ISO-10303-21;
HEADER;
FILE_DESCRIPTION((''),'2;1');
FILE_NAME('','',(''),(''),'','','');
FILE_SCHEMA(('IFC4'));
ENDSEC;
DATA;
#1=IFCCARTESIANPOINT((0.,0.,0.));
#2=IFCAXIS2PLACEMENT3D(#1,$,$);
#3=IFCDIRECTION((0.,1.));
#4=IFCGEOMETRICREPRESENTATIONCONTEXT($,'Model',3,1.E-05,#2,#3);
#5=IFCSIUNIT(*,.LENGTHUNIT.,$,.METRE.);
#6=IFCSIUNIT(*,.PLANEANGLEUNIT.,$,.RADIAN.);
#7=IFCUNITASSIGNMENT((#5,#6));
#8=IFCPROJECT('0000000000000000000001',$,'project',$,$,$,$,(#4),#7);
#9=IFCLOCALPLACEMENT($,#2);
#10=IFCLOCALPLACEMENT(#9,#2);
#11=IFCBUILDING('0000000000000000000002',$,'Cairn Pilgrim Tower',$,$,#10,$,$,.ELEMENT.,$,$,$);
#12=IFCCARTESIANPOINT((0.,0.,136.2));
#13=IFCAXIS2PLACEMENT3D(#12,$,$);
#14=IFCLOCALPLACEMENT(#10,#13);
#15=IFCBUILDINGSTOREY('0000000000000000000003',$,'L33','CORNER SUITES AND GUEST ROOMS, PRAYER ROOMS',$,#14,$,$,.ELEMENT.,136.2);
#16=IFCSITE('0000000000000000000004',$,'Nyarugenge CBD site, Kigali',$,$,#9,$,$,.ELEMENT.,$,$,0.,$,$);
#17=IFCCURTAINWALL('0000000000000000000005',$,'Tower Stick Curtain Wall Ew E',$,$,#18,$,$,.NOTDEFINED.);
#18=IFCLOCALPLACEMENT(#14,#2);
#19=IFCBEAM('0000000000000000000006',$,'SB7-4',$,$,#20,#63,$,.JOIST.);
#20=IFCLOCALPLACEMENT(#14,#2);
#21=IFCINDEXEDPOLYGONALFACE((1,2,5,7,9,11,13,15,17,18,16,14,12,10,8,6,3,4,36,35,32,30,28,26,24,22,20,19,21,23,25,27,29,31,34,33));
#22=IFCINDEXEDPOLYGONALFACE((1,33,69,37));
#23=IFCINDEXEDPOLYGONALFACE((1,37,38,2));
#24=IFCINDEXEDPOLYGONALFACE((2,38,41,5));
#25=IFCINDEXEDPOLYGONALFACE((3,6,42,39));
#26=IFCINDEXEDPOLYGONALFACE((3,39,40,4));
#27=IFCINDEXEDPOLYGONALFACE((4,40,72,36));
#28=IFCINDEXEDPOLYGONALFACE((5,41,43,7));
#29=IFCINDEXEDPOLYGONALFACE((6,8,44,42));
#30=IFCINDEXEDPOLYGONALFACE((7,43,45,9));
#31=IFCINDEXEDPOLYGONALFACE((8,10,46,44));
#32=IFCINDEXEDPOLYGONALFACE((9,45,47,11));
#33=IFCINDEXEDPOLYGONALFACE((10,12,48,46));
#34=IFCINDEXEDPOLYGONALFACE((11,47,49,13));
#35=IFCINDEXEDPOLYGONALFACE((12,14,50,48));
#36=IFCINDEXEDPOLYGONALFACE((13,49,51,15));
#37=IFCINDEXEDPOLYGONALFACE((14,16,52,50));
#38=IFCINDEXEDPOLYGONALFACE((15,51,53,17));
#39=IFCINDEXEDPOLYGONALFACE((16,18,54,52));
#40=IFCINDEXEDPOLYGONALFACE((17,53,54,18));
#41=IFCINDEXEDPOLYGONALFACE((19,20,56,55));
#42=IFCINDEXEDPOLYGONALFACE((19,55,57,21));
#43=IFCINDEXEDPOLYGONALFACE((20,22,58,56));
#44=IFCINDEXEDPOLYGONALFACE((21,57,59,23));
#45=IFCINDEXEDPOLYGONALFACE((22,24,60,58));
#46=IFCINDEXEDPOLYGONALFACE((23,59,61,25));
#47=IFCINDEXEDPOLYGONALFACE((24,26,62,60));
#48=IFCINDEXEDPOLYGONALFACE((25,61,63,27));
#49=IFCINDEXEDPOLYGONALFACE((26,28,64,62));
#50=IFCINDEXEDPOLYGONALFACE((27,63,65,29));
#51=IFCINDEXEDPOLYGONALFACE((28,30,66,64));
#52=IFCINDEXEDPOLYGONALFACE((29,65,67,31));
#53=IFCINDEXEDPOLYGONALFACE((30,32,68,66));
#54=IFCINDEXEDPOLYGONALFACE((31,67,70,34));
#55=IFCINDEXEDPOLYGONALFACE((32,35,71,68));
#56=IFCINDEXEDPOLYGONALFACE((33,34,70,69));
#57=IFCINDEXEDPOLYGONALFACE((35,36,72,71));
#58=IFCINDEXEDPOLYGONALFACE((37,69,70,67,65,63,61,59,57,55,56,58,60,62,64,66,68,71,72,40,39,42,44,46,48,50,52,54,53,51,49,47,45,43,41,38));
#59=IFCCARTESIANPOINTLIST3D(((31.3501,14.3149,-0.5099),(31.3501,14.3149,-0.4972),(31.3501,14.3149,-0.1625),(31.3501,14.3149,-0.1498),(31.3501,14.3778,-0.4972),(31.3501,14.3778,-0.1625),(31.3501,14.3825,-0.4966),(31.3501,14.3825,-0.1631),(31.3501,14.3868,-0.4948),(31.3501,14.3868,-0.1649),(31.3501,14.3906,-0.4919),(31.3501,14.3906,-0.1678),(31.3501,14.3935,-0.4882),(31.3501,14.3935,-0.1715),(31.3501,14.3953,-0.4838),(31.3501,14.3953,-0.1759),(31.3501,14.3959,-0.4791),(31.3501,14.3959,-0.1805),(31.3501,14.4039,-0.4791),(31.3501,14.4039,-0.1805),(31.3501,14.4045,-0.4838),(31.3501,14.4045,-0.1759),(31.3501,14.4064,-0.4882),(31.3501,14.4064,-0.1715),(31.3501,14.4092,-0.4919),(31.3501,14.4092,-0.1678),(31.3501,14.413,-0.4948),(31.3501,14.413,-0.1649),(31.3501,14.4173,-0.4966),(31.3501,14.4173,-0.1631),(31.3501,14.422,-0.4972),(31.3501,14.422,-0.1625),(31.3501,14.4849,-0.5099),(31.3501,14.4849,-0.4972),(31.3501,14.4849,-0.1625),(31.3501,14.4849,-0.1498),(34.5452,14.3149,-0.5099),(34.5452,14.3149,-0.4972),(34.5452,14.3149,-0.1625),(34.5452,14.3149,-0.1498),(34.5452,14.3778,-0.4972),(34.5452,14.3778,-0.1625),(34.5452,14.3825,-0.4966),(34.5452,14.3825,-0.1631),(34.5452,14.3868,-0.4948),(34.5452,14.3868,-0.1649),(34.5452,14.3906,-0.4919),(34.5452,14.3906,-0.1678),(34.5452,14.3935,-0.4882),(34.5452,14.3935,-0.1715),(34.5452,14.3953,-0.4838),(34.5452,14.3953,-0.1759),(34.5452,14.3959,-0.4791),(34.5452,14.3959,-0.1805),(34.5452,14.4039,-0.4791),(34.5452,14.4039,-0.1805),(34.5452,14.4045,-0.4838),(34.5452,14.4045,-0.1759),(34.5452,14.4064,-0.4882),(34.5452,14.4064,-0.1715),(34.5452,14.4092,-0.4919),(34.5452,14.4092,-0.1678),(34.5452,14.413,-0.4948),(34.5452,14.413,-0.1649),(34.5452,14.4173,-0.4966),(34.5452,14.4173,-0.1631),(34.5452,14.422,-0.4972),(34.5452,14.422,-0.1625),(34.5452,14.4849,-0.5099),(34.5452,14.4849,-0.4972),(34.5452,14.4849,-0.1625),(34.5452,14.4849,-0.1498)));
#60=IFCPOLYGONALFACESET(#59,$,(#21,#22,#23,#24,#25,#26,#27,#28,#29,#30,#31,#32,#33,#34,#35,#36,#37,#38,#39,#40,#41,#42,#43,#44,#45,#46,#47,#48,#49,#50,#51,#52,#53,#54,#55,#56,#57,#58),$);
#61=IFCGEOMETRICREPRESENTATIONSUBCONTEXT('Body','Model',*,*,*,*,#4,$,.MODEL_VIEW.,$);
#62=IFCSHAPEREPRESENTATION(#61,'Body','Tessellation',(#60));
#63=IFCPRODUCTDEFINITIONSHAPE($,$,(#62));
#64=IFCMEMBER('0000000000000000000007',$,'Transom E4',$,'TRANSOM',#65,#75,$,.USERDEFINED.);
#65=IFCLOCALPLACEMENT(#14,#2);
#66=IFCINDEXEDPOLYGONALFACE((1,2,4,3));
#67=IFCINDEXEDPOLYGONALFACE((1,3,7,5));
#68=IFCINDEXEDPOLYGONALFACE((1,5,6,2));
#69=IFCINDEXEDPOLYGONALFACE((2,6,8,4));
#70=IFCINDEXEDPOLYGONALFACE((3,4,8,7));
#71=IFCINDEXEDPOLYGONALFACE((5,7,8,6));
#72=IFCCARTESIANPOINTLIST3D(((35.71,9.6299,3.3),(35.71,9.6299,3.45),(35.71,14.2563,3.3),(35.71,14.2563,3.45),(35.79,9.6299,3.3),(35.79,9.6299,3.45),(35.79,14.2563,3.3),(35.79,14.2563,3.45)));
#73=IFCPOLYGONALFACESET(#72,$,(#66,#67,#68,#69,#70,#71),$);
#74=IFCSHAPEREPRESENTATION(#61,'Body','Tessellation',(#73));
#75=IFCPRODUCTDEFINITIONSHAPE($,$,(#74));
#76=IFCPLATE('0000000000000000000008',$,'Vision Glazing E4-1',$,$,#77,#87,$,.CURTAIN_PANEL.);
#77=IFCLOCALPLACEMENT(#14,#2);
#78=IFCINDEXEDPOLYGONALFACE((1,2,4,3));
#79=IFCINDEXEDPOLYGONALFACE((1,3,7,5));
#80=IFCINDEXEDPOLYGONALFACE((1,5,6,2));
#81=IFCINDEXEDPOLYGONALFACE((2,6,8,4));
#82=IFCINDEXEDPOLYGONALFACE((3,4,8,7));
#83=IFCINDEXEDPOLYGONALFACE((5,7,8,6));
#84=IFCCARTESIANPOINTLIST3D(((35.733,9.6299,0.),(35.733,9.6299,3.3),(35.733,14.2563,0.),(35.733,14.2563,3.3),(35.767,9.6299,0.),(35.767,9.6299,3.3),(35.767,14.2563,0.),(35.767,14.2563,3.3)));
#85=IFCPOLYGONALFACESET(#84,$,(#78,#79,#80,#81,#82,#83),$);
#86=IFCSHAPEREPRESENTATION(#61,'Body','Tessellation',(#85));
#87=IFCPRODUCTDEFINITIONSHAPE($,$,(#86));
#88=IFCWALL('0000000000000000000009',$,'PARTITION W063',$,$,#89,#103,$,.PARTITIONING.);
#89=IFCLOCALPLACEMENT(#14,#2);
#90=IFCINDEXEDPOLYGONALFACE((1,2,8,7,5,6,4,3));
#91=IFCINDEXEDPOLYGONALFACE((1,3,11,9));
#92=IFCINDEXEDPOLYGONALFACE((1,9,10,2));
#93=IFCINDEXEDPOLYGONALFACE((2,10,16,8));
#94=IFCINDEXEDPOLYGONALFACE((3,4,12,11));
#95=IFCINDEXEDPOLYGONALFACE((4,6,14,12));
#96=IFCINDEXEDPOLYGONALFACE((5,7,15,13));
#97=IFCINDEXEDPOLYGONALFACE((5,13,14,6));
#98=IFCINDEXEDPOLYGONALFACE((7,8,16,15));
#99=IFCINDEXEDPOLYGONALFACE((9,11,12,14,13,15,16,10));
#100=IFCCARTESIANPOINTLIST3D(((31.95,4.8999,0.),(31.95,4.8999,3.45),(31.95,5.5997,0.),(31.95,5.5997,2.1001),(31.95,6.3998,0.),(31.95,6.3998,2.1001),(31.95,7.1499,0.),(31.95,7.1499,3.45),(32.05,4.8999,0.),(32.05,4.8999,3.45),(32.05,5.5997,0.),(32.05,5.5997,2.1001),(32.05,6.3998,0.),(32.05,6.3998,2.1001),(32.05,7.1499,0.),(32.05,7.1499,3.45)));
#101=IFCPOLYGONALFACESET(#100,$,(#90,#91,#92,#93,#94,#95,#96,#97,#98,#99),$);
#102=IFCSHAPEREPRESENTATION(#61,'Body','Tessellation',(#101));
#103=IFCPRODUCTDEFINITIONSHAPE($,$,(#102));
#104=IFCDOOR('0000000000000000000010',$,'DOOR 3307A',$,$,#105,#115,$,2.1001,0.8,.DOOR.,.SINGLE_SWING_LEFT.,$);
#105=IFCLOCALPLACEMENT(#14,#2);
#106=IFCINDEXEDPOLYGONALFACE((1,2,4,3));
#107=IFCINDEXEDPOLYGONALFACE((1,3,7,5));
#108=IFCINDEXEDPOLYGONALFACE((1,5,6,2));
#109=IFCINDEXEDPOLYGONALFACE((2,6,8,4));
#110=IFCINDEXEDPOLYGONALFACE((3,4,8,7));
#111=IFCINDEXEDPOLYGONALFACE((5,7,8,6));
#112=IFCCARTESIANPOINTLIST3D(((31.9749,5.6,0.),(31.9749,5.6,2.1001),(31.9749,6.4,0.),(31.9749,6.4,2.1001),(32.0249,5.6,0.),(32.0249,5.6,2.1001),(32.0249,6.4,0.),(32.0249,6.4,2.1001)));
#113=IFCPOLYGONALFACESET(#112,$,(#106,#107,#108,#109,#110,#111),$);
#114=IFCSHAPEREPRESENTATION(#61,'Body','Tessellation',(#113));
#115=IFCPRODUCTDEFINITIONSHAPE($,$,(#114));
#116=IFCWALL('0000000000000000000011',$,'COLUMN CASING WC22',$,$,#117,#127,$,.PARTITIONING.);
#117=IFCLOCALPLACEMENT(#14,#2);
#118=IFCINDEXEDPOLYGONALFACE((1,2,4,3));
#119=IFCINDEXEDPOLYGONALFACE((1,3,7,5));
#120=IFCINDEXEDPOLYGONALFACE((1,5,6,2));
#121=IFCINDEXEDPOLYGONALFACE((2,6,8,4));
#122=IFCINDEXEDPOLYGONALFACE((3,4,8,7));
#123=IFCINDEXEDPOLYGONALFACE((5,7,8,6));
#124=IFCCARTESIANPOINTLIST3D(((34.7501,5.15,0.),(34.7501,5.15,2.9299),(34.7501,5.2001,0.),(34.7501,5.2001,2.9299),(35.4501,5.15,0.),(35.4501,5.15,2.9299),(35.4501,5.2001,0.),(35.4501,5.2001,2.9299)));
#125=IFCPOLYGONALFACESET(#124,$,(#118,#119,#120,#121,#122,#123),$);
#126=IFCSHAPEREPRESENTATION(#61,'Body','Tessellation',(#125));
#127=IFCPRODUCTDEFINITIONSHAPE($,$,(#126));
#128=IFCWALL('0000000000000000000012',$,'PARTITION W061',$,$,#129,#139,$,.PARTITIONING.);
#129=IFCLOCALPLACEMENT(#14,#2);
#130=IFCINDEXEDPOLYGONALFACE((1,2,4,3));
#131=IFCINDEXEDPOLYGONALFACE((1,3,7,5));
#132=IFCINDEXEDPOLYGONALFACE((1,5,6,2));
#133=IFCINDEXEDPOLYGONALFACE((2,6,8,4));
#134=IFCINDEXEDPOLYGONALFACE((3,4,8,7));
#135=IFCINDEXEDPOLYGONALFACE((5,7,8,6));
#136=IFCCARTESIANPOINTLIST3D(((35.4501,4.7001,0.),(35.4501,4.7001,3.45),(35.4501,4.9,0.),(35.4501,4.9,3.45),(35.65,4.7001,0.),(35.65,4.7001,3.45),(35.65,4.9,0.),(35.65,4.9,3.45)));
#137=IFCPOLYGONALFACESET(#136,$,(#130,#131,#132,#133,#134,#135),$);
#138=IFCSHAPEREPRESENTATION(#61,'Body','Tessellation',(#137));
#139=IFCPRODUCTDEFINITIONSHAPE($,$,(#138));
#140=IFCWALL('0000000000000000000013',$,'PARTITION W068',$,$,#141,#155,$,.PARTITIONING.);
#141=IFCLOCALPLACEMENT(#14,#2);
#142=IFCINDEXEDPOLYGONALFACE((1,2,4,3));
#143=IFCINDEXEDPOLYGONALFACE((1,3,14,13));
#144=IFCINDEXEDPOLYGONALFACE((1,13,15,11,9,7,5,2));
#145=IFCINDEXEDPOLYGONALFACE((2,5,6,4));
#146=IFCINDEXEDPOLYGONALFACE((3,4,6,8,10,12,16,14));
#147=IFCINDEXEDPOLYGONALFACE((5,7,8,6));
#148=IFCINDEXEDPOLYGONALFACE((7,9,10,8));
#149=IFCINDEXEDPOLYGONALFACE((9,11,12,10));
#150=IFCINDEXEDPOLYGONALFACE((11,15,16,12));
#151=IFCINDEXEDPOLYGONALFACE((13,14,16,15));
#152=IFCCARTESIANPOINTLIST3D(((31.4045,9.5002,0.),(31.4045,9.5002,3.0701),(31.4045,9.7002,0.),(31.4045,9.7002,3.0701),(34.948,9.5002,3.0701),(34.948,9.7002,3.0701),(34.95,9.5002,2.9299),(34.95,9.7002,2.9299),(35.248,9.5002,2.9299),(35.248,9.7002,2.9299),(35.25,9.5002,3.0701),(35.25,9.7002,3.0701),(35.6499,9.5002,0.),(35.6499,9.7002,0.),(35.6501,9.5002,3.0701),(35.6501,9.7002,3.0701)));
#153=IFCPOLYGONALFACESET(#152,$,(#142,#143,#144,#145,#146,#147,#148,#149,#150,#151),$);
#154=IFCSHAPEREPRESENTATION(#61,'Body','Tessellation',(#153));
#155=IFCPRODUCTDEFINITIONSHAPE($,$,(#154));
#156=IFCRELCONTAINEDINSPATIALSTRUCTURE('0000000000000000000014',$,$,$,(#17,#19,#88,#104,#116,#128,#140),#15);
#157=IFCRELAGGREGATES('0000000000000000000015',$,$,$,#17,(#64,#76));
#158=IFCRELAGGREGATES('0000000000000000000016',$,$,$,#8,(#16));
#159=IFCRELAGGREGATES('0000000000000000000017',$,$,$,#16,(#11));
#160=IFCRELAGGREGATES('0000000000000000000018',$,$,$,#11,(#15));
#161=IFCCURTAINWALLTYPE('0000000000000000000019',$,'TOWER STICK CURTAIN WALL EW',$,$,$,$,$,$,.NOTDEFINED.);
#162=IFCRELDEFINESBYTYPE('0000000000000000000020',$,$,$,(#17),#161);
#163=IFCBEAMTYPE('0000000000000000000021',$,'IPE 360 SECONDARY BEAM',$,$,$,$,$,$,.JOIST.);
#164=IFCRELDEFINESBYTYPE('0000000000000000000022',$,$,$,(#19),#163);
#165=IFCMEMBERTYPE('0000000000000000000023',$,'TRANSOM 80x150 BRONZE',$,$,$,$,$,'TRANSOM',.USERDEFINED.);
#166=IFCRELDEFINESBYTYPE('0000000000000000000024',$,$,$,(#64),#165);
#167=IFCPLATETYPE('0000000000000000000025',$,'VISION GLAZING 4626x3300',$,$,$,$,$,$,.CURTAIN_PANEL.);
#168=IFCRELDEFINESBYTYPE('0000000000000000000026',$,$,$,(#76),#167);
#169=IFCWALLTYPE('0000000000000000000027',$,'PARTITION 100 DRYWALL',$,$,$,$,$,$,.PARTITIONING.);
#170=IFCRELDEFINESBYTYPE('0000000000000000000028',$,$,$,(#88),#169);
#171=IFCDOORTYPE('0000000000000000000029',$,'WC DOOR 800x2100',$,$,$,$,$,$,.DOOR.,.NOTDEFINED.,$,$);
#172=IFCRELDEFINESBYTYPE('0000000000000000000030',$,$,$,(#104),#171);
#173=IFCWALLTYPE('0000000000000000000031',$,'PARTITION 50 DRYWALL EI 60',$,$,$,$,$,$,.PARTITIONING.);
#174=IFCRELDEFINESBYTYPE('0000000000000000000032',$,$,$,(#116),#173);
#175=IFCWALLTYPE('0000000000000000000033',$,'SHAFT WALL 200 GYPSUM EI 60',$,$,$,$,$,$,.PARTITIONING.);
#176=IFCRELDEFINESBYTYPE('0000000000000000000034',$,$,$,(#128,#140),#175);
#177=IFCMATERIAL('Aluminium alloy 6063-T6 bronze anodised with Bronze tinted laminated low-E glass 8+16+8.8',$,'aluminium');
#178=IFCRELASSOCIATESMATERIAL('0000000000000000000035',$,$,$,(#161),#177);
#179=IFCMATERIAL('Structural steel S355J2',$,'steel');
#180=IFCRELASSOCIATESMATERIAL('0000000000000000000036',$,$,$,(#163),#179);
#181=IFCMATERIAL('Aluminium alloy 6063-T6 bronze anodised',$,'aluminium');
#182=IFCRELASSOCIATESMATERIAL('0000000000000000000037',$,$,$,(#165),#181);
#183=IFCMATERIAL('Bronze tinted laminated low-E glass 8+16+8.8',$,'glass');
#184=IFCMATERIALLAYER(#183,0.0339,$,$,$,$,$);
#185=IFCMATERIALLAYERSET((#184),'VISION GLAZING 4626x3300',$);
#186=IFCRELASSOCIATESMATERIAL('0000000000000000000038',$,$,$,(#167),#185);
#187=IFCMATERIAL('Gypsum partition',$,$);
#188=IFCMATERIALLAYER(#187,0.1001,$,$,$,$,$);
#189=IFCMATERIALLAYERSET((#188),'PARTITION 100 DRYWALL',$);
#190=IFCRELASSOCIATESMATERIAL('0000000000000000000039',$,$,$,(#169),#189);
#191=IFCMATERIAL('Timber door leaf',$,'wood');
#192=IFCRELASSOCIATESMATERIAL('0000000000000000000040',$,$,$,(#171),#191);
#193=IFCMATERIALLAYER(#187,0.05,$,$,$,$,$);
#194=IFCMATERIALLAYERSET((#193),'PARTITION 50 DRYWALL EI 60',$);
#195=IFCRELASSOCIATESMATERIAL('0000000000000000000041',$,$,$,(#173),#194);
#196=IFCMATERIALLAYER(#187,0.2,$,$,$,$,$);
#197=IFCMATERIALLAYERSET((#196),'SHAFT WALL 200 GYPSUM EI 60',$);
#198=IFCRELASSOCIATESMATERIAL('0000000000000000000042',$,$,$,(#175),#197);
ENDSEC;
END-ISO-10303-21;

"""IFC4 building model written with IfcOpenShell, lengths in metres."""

from ifc_helpers import new_model, si_unit, direction, frame, frame_2d, origin, origin_2d, place, context, subcontext, project, spatial, polyline, rectangle, i_section, outline, extrude, material, layer, layer_set, material_profile, profile_set, type_object, element, fill, aggregate, save


model = new_model("IFC4")

# Units and contexts
model_context = context("Model", 3, precision=1e-05, world=origin(), true_north=direction((0.0, 1.0)))
body_context = subcontext(model_context, "Body", "Model", "MODEL_VIEW")
ifc_project = project(units=[si_unit("LENGTHUNIT", "METRE"), si_unit("PLANEANGLEUNIT", "RADIAN")], contexts=[model_context])

# Site, building, storey
site_placement = place(None, origin())
site = spatial("IfcSite", under=ifc_project, at=site_placement, Name="Nyarugenge CBD site, Kigali", CompositionType="ELEMENT", RefElevation=0.0)
building_placement = place(site_placement, origin())
building = spatial("IfcBuilding", under=site, at=building_placement, Name="Cairn Pilgrim Tower", CompositionType="ELEMENT")
storey_placement = place(building_placement, frame((0.0, 0.0, 136.2)))
storey = spatial("IfcBuildingStorey", under=building, at=storey_placement, Name="L33", Description="CORNER SUITES AND GUEST ROOMS, PRAYER ROOMS", CompositionType="ELEMENT", Elevation=136.2)

# Curtain wall
ifc_material_1 = material(Name="Aluminium alloy 6063-T6 bronze anodised with Bronze tinted laminated low-E glass 8+16+8.8", Category="aluminium")
curtain_wall_type_1 = type_object("IfcCurtainWallType", Name="TOWER STICK CURTAIN WALL EW", PredefinedType="NOTDEFINED", material=ifc_material_1)
curtain_wall_1_placement = place(storey_placement, origin())
curtain_wall_1 = element("IfcCurtainWall", 1, at=curtain_wall_1_placement, inside=storey, type_object=curtain_wall_type_1, Name="Tower Stick Curtain Wall Ew E", PredefinedType="NOTDEFINED")
ifc_material_2 = material(Name="Aluminium alloy 6063-T6 bronze anodised", Category="aluminium")

# Beam
ifc_material_3 = material(Name="Structural steel S355J2", Category="steel")
ifc_material_profile_1 = material_profile(ifc_material_3, i_section(OverallWidth=0.1699, OverallDepth=0.3601, WebThickness=0.0081, FlangeThickness=0.0127, FilletRadius=0.0181, at=origin_2d()), Name="IPE 360")
ifc_profile_set_1 = profile_set([ifc_material_profile_1], Name="Structural steel S355J2")
beam_type_1 = type_object("IfcBeamType", Name="IPE 360 SECONDARY BEAM", PredefinedType="JOIST", material=ifc_profile_set_1)
beam_1_placement = place(storey_placement, frame((31.3501, 14.3999, -0.3298), z_axis=(1.0, 0.0, 0.0), x_axis=(0.0, 1.0, 0.0)))
element("IfcBeam", 2, at=beam_1_placement, inside=storey, type_object=beam_type_1, Name="SB7-4", PredefinedType="JOIST", context=body_context, shape_type="SweptSolid", body=[
    extrude(i_section(OverallWidth=0.1699, OverallDepth=0.3601, WebThickness=0.0081, FlangeThickness=0.0127, FilletRadius=0.0181, at=origin_2d()), origin(), (0.0, 0.0, 1.0), 3.1951),
])

# Member
ifc_material_profile_2 = material_profile(ifc_material_2, rectangle(XDim=0.0801, YDim=0.1499, at=origin_2d()), Name="TRANSOM 80x150 BRONZE")
ifc_profile_set_2 = profile_set([ifc_material_profile_2], Name="Aluminium alloy 6063-T6 bronze anodised")
member_type_1 = type_object("IfcMemberType", Name="TRANSOM 80x150 BRONZE", ElementType="TRANSOM", PredefinedType="USERDEFINED", material=ifc_profile_set_2)
member_1_placement = place(storey_placement, frame((35.75, 9.6299, 3.375), z_axis=(0.0, 1.0, 0.0), x_axis=(-1.0, 0.0, 0.0)))
member_1 = element("IfcMember", 3, at=member_1_placement, type_object=member_type_1, Name="Transom E4", ObjectType="TRANSOM", PredefinedType="USERDEFINED", context=body_context, shape_type="SweptSolid", body=[
    extrude(rectangle(XDim=0.0801, YDim=0.1499, at=origin_2d()), origin(), (0.0, 0.0, 1.0), 4.6265),
])

# Plate
ifc_material_4 = material(Name="Bronze tinted laminated low-E glass 8+16+8.8", Category="glass")
ifc_layer_1 = layer(ifc_material_4, 0.0339)
ifc_layer_set_1 = layer_set([ifc_layer_1], Name="VISION GLAZING 4626x3300")
plate_type = type_object("IfcPlateType", Name="VISION GLAZING 4626x3300", PredefinedType="CURTAIN_PANEL", material=ifc_layer_set_1)
plate_placement = place(storey_placement, frame((35.75, 11.9431, 0.0), z_axis=(0.0, 0.0, 1.0), x_axis=(0.0, 1.0, 0.0)))
plate = element("IfcPlate", 4, at=plate_placement, type_object=plate_type, Name="Vision Glazing E4-1", PredefinedType="CURTAIN_PANEL", context=body_context, shape_type="SweptSolid", body=[
    extrude(rectangle(XDim=4.6265, YDim=0.0339, at=origin_2d()), origin(), (0.0, 0.0, 1.0), 3.3),
])
aggregate(curtain_wall_1, [member_1, plate])

# Wall, opening, door
ifc_material_5 = material(Name="Gypsum partition")
ifc_layer_2 = layer(ifc_material_5, 0.1001)
ifc_layer_set_2 = layer_set([ifc_layer_2], Name="PARTITION 100 DRYWALL")
wall_type_1 = type_object("IfcWallType", Name="PARTITION 100 DRYWALL", PredefinedType="PARTITIONING", material=ifc_layer_set_2)
wall_1_placement = place(storey_placement, frame((32.0, 4.8999, 0.0), z_axis=(0.0, 0.0, 1.0), x_axis=(0.0, 1.0, 0.0)))
wall_1 = element("IfcWall", 5, at=wall_1_placement, inside=storey, type_object=wall_type_1, Name="PARTITION W063", PredefinedType="PARTITIONING", context=body_context, shape_type="SweptSolid", body=[
    extrude(rectangle(XDim=2.25, YDim=0.1001, at=frame_2d((1.125, 0.0))), origin(), (0.0, 0.0, 1.0), 3.45),
])
opening_1_placement = place(wall_1_placement, frame((0.7, 0.0, 0.0)))
opening_1 = element("IfcOpeningElement", 6, at=opening_1_placement, cuts=wall_1, PredefinedType="OPENING", context=body_context, shape_type="SweptSolid", body=[
    extrude(rectangle(XDim=0.8, YDim=2.1001, at=frame_2d((0.3999, 1.05))), frame((0.0, 0.0601, 0.0), z_axis=(0.0, -1.0, 0.0), x_axis=(1.0, 0.0, 0.0)), (0.0, 0.0, 1.0), 0.1201),
])
ifc_material_6 = material(Name="Timber door leaf", Category="wood")
door_type_1 = type_object("IfcDoorType", Name="WC DOOR 800x2100", OperationType="NOTDEFINED", PredefinedType="DOOR", material=ifc_material_6)
door_1_placement = place(opening_1_placement, frame((0.8, 0.0, 0.0), z_axis=(0.0, 0.0, 1.0), x_axis=(-1.0, 0.0, 0.0)))
door_1 = element("IfcDoor", 7, at=door_1_placement, inside=storey, type_object=door_type_1, Name="DOOR 3307A", OperationType="SINGLE_SWING_LEFT", OverallHeight=2.1001, OverallWidth=0.8, PredefinedType="DOOR", context=body_context, shape_type="SweptSolid", body=[
    extrude(rectangle(XDim=0.8, YDim=2.1001, at=frame_2d((0.3999, 1.05))), frame((0.0, 0.0249, 0.0), z_axis=(0.0, -1.0, 0.0), x_axis=(1.0, 0.0, 0.0)), (0.0, 0.0, 1.0), 0.05),
])
fill(opening_1, door_1)

# Walls
ifc_layer_3 = layer(ifc_material_5, 0.05)
ifc_layer_set_3 = layer_set([ifc_layer_3], Name="PARTITION 50 DRYWALL EI 60")
wall_type_2 = type_object("IfcWallType", Name="PARTITION 50 DRYWALL EI 60", PredefinedType="PARTITIONING", material=ifc_layer_set_3)
wall_2_placement = place(storey_placement, frame((34.75, 5.175, 0.0), z_axis=(0.0, 0.0, 1.0), x_axis=(1.0, 0.0, 0.0)))
element("IfcWall", 8, at=wall_2_placement, inside=storey, type_object=wall_type_2, Name="COLUMN CASING WC22", PredefinedType="PARTITIONING", context=body_context, shape_type="SweptSolid", body=[
    extrude(rectangle(XDim=0.7, YDim=0.05, at=frame_2d((0.3501, 0.0))), origin(), (0.0, 0.0, 1.0), 2.9299),
])
ifc_layer_4 = layer(ifc_material_5, 0.2)
ifc_layer_set_4 = layer_set([ifc_layer_4], Name="SHAFT WALL 200 GYPSUM EI 60")
wall_type_3 = type_object("IfcWallType", Name="SHAFT WALL 200 GYPSUM EI 60", PredefinedType="PARTITIONING", material=ifc_layer_set_4)
wall_3_placement = place(storey_placement, frame((35.45, 4.8, 0.0), z_axis=(0.0, 0.0, 1.0), x_axis=(1.0, 0.0, 0.0)))
element("IfcWall", 9, at=wall_3_placement, inside=storey, type_object=wall_type_3, Name="PARTITION W061", PredefinedType="PARTITIONING", context=body_context, shape_type="SweptSolid", body=[
    extrude(rectangle(XDim=0.2, YDim=0.2, at=frame_2d((0.1001, 0.0))), origin(), (0.0, 0.0, 1.0), 3.45),
])
wall_4_placement = place(storey_placement, frame((31.4045, 9.6001, 0.0), z_axis=(0.0, 0.0, 1.0), x_axis=(1.0, 0.0, 0.0)))
element("IfcWall", 10, at=wall_4_placement, inside=storey, type_object=wall_type_3, Name="PARTITION W068", PredefinedType="PARTITIONING", context=body_context, shape_type="SweptSolid", body=[
    extrude(outline(polyline([(0.0, 0.0), (4.2454, 0.0), (4.2456, 3.0701), (3.8455, 3.0701), (3.8435, 2.9299), (3.5454, 2.9299), (3.5435, 3.0701), (0.0, 3.0701), (0.0, 0.0)])), frame((0.0, 0.1001, 0.0), z_axis=(0.0, -1.0, 0.0), x_axis=(1.0, 0.0, 0.0)), (0.0, 0.0, 1.0), 0.2),
])

save(model, "model.ifc")
